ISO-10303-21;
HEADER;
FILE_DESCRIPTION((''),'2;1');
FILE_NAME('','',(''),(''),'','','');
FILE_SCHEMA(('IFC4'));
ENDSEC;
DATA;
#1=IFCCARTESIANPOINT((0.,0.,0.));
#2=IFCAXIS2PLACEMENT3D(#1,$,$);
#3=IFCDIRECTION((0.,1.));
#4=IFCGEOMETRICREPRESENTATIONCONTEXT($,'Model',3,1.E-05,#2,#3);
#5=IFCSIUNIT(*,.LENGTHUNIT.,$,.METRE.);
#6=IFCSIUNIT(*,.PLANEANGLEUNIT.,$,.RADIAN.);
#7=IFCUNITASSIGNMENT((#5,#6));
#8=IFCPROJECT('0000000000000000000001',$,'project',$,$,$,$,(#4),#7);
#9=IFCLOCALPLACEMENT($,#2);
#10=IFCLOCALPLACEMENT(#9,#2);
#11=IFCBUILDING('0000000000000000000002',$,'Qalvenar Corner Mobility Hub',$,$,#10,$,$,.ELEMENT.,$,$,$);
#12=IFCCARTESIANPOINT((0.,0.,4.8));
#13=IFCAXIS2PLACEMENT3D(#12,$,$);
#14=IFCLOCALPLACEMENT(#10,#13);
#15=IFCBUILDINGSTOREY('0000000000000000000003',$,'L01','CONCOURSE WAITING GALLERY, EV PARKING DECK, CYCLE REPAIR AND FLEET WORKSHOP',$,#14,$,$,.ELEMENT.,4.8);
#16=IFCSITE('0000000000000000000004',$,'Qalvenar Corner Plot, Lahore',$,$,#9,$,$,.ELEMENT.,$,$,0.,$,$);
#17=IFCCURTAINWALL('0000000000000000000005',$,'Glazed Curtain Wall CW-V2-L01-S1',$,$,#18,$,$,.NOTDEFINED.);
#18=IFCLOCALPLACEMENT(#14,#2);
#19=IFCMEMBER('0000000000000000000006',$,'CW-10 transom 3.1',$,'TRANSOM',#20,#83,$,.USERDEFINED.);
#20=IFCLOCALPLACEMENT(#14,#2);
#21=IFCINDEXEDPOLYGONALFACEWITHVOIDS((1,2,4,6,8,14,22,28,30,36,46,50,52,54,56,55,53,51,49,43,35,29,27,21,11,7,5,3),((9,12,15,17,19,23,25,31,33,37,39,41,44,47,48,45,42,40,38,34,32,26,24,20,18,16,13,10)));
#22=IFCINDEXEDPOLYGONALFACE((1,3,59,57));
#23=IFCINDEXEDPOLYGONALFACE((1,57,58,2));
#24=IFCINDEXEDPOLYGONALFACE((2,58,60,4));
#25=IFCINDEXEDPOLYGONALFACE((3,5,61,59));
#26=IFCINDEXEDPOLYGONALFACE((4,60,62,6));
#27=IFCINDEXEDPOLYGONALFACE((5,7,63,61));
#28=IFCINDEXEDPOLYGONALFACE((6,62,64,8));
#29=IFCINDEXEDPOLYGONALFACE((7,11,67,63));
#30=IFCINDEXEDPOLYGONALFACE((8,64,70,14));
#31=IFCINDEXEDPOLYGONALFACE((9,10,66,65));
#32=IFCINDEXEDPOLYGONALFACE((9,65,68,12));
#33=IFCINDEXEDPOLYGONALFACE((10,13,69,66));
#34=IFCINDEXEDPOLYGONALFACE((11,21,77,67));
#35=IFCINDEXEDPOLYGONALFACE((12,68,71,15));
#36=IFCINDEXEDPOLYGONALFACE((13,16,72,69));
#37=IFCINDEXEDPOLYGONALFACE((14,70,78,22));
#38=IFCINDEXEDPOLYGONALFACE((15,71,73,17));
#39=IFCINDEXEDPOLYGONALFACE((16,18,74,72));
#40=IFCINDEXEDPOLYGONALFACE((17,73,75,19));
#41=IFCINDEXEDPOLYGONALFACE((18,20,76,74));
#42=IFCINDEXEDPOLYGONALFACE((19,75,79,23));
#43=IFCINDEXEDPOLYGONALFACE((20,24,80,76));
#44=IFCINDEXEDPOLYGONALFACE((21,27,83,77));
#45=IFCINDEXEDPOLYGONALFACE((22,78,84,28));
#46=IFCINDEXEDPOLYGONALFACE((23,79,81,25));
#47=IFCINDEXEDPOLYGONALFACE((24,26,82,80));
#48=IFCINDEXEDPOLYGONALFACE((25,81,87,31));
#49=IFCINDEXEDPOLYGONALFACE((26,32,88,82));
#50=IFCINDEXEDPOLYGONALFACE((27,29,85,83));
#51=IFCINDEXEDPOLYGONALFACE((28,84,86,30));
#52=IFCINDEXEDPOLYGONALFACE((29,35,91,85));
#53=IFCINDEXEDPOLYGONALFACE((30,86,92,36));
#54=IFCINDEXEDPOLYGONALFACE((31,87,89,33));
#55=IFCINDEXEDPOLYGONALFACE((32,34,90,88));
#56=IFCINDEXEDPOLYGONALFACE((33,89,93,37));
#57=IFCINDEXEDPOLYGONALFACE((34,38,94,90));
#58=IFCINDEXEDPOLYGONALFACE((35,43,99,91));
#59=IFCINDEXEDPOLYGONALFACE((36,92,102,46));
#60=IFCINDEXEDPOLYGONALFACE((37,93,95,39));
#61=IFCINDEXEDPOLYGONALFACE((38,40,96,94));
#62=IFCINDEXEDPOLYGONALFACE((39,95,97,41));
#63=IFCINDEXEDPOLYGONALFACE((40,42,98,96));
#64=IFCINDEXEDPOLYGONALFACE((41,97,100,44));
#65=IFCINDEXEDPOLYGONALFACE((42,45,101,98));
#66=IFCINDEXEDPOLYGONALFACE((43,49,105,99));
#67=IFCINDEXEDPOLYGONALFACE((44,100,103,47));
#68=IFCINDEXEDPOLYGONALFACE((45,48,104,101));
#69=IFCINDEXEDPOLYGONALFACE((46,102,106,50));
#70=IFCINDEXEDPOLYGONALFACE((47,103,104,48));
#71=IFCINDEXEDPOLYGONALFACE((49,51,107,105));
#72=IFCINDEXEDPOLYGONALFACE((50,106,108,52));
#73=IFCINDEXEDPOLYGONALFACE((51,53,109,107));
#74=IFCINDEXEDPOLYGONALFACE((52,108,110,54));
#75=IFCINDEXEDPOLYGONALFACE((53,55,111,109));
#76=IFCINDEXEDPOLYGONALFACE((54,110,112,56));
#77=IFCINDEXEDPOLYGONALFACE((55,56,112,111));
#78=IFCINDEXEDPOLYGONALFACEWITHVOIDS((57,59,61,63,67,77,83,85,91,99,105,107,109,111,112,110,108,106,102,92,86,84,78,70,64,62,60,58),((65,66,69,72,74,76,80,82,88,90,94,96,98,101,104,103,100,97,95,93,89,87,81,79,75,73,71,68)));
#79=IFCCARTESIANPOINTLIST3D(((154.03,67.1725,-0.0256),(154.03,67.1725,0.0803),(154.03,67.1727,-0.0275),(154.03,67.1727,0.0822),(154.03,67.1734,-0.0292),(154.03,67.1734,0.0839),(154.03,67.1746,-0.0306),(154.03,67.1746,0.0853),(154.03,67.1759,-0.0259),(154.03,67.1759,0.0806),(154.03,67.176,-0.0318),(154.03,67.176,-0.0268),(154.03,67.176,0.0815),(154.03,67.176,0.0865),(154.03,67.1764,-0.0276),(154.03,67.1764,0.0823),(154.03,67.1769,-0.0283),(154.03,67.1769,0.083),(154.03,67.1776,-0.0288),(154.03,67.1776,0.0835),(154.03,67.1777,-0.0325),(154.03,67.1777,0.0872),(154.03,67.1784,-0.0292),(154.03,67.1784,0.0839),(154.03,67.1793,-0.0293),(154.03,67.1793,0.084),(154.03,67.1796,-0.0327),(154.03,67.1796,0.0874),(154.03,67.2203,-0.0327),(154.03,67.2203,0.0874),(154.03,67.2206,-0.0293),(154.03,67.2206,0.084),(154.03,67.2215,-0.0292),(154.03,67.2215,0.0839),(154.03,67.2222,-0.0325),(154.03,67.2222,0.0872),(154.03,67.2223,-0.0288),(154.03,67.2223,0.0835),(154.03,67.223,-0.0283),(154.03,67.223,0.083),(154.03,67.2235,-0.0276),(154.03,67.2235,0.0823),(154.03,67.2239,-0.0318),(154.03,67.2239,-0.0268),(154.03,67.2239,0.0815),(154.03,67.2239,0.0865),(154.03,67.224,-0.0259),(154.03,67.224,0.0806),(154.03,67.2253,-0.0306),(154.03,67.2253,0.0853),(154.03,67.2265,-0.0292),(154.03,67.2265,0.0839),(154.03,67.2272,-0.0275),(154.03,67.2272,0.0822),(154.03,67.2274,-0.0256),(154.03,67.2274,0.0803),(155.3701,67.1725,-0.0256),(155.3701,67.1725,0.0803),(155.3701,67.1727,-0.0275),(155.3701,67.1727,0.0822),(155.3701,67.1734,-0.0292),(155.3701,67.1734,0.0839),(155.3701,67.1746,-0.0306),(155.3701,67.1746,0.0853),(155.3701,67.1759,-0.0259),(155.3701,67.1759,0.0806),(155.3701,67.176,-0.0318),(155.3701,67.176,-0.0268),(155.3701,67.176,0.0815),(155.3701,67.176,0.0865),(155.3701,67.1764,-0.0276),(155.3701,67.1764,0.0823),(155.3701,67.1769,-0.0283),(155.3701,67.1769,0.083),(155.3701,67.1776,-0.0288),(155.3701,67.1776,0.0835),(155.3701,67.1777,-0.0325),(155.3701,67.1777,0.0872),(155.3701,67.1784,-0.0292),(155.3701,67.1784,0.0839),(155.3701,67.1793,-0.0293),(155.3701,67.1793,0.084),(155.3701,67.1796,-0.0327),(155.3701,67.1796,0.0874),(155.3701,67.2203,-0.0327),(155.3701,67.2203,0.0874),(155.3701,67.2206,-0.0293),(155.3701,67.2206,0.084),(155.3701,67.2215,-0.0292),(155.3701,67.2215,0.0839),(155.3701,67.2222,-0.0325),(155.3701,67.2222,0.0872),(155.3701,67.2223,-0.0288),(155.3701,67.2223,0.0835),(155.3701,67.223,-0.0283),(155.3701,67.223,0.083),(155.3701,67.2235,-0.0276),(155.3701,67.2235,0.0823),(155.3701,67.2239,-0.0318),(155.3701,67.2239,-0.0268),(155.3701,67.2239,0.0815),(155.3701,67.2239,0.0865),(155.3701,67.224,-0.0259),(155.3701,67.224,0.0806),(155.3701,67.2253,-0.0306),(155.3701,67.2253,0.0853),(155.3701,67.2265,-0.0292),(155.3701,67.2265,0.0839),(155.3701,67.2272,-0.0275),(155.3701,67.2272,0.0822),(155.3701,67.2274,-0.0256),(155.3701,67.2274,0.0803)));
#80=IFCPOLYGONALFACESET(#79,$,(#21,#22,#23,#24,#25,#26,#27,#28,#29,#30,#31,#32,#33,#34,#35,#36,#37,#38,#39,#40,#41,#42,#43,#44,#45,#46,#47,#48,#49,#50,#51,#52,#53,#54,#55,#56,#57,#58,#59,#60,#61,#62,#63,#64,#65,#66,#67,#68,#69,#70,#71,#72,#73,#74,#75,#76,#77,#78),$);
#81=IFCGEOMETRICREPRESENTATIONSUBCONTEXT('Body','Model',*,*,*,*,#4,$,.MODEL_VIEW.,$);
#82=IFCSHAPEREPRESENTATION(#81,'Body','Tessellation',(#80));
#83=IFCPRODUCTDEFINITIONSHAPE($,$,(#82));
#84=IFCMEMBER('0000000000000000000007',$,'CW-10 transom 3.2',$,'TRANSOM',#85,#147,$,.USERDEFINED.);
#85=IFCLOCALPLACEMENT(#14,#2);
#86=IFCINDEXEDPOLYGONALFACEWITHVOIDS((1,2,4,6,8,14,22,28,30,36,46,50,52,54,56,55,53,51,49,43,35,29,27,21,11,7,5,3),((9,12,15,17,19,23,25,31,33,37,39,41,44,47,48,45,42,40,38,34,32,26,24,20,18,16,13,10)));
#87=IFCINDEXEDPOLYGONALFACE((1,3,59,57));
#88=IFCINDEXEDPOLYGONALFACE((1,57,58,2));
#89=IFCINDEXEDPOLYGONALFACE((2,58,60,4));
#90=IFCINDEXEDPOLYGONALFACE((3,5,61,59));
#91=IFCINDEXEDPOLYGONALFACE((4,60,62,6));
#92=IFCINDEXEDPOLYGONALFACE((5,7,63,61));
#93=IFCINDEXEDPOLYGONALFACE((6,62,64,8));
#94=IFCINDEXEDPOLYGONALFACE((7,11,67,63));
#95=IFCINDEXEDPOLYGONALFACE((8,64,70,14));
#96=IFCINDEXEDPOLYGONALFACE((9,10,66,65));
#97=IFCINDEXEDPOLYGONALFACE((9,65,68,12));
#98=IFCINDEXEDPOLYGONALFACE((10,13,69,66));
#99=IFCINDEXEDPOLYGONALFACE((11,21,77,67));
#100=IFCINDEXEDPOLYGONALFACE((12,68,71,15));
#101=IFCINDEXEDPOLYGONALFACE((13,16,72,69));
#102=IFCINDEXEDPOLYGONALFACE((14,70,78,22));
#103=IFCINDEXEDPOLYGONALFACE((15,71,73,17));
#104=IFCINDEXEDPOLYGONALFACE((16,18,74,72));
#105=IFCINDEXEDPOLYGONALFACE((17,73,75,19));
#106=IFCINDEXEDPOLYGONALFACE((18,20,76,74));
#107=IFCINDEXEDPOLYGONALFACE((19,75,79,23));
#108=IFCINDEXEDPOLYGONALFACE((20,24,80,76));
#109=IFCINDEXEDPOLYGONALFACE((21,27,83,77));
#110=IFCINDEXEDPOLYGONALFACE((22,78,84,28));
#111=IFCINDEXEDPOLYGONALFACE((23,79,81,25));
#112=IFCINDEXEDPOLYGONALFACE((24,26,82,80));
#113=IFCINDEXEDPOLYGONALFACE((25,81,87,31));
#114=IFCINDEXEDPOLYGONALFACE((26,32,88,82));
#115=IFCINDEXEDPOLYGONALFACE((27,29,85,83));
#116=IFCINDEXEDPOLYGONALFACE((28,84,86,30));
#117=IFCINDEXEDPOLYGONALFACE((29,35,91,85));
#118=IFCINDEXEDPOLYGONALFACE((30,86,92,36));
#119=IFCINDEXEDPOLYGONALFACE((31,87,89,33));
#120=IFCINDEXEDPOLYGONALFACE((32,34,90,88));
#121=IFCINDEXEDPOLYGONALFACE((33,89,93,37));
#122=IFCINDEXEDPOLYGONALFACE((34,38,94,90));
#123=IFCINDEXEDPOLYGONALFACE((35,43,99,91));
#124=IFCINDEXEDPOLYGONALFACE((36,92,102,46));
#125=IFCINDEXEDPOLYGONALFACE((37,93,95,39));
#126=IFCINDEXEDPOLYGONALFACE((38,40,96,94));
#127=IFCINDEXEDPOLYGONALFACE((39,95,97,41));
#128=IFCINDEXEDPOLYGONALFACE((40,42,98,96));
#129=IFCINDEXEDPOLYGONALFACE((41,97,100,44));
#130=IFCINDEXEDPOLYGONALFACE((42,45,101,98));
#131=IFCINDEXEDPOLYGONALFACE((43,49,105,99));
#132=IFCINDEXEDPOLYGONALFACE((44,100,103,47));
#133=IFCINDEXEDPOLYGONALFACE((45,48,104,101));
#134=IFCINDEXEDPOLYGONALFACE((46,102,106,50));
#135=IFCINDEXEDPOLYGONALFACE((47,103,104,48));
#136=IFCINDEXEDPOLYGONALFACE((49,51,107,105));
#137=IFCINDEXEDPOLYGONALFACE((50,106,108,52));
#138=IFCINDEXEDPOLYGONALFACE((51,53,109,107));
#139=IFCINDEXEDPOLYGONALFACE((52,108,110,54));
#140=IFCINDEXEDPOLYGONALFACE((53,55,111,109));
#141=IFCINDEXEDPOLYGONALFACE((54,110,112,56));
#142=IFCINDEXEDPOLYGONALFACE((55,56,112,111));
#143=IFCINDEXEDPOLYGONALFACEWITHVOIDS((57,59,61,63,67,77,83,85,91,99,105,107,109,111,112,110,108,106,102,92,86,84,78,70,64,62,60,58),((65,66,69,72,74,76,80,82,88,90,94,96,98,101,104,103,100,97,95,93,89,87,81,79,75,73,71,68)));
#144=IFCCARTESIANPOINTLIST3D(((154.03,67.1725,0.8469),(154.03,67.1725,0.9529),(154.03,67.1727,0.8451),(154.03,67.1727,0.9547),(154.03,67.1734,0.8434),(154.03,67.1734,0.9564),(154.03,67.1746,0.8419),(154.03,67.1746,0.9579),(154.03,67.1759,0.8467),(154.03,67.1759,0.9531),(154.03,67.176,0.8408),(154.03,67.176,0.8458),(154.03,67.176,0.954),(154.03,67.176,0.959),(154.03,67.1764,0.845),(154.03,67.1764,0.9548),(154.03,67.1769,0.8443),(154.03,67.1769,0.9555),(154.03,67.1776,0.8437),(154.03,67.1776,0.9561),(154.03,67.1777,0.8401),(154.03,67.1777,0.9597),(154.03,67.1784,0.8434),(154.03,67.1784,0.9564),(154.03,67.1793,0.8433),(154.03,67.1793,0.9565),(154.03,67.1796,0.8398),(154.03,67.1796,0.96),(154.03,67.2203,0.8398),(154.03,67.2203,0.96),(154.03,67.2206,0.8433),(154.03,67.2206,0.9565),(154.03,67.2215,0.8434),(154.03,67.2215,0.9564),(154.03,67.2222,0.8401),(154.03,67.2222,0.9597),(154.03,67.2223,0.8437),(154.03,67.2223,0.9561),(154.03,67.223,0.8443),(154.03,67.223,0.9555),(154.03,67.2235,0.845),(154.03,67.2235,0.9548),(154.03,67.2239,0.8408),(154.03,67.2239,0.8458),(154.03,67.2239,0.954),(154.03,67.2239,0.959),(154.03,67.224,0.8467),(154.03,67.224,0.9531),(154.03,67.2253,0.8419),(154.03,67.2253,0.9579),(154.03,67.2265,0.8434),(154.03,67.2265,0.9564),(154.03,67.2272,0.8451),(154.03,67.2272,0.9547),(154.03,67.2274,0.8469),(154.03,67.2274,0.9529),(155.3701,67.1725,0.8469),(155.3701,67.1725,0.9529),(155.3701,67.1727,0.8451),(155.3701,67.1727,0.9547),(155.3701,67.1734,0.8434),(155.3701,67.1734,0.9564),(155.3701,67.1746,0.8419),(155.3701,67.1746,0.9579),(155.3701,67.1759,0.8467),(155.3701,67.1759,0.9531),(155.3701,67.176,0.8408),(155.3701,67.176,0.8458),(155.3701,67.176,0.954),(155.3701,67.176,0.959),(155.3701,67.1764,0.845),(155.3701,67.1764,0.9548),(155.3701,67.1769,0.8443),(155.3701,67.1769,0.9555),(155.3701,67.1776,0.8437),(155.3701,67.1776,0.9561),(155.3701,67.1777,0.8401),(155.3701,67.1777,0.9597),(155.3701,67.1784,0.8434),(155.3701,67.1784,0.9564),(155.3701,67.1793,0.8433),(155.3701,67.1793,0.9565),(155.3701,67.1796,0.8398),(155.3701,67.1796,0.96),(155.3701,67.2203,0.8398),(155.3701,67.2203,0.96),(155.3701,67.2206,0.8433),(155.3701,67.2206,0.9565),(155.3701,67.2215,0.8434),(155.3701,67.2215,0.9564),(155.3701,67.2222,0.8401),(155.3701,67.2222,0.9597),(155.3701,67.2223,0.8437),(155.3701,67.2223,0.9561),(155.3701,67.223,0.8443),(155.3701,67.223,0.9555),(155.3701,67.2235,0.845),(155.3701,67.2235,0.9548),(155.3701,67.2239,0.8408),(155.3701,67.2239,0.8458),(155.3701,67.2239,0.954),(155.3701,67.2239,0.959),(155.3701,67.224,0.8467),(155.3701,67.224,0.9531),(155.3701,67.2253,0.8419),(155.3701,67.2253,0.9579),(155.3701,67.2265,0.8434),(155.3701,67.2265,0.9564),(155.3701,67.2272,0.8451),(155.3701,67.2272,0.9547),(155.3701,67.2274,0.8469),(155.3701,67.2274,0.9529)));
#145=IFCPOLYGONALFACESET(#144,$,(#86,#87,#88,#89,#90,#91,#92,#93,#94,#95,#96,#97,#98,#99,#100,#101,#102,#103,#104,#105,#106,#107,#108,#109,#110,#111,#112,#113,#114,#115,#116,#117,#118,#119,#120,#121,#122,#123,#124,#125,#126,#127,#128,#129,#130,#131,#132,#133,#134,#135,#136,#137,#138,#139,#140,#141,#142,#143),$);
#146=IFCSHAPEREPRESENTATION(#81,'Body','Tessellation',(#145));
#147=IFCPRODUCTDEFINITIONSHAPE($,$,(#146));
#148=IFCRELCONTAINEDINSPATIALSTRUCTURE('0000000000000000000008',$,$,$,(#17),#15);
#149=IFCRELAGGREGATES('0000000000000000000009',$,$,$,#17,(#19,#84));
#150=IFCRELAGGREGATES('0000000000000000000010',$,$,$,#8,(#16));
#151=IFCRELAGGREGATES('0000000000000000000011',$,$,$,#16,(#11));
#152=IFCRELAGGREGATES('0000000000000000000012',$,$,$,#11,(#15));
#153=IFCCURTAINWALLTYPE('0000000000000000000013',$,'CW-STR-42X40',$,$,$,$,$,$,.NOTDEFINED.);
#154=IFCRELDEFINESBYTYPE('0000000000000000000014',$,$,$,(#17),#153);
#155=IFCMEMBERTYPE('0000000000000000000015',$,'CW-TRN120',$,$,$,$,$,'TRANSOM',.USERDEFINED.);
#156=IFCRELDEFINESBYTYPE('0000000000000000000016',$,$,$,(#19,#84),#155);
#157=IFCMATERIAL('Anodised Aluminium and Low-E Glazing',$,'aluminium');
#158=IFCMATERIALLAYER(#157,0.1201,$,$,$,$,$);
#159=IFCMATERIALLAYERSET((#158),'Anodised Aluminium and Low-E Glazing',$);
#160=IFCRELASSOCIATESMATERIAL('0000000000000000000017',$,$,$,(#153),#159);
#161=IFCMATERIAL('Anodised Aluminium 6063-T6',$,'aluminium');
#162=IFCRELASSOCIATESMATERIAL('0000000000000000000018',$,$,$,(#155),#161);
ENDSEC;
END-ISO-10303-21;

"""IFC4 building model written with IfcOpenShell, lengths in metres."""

from ifc_helpers import new_model, si_unit, direction, frame, origin, origin_2d, place, context, subcontext, project, spatial, hollow_rectangle, extrude, material, layer, layer_set, material_profile, profile_set, type_object, element, aggregate, save


model = new_model("IFC4")

# Units and contexts
model_context = context("Model", 3, precision=1e-05, world=origin(), true_north=direction((0.0, 1.0)))
body_context = subcontext(model_context, "Body", "Model", "MODEL_VIEW")
ifc_project = project(units=[si_unit("LENGTHUNIT", "METRE"), si_unit("PLANEANGLEUNIT", "RADIAN")], contexts=[model_context])

# Site, building, storey
site_placement = place(None, origin())
site = spatial("IfcSite", under=ifc_project, at=site_placement, Name="Qalvenar Corner Plot, Lahore", CompositionType="ELEMENT", RefElevation=0.0)
building_placement = place(site_placement, origin())
building = spatial("IfcBuilding", under=site, at=building_placement, Name="Qalvenar Corner Mobility Hub", CompositionType="ELEMENT")
storey_placement = place(building_placement, frame((0.0, 0.0, 4.8)))
storey = spatial("IfcBuildingStorey", under=building, at=storey_placement, Name="L01", Description="CONCOURSE WAITING GALLERY, EV PARKING DECK, CYCLE REPAIR AND FLEET WORKSHOP", CompositionType="ELEMENT", Elevation=4.8)

# Curtain wall, members
ifc_material_1 = material(Name="Anodised Aluminium and Low-E Glazing", Category="aluminium")
ifc_layer_1 = layer(ifc_material_1, 0.1201)
ifc_layer_set_1 = layer_set([ifc_layer_1], Name="Anodised Aluminium and Low-E Glazing")
curtain_wall_type = type_object("IfcCurtainWallType", Name="CW-STR-42X40", PredefinedType="NOTDEFINED", material=ifc_layer_set_1)
curtain_wall_placement = place(storey_placement, origin())
curtain_wall = element("IfcCurtainWall", 1, at=curtain_wall_placement, inside=storey, type_object=curtain_wall_type, Name="Glazed Curtain Wall CW-V2-L01-S1", PredefinedType="NOTDEFINED")
ifc_material_2 = material(Name="Anodised Aluminium 6063-T6", Category="aluminium")
ifc_material_profile_1 = material_profile(ifc_material_2, hollow_rectangle(XDim=0.0549, YDim=0.1201, WallThickness=0.0034, InnerFilletRadius=0.0034, OuterFilletRadius=0.0071, at=origin_2d()), Name="RHS120x55x3.5")
ifc_profile_set_1 = profile_set([ifc_material_profile_1], Name="Anodised Aluminium 6063-T6")
member_type_1 = type_object("IfcMemberType", Name="CW-TRN120", ElementType="TRANSOM", PredefinedType="USERDEFINED", material=ifc_profile_set_1)
member_1_placement = place(storey_placement, frame((154.03, 67.2, 0.0273), z_axis=(1.0, 0.0, 0.0), x_axis=(0.0, 1.0, 0.0)))
member_1 = element("IfcMember", 2, at=member_1_placement, type_object=member_type_1, Name="CW-10 transom 3.1", ObjectType="TRANSOM", PredefinedType="USERDEFINED", context=body_context, shape_type="SweptSolid", body=[
    extrude(hollow_rectangle(XDim=0.0549, YDim=0.1201, WallThickness=0.0034, InnerFilletRadius=0.0034, OuterFilletRadius=0.0071, at=origin_2d()), origin(), (0.0, 0.0, 1.0), 1.3401),
])
member_2_placement = place(storey_placement, frame((154.03, 67.2, 0.8999), z_axis=(1.0, 0.0, 0.0), x_axis=(0.0, 1.0, 0.0)))
member_2 = element("IfcMember", 3, at=member_2_placement, type_object=member_type_1, Name="CW-10 transom 3.2", ObjectType="TRANSOM", PredefinedType="USERDEFINED", context=body_context, shape_type="SweptSolid", body=[
    extrude(hollow_rectangle(XDim=0.0549, YDim=0.1201, WallThickness=0.0034, InnerFilletRadius=0.0034, OuterFilletRadius=0.0071, at=origin_2d()), origin(), (0.0, 0.0, 1.0), 1.3401),
])
aggregate(curtain_wall, [member_1, member_2])

save(model, "model.ifc")
